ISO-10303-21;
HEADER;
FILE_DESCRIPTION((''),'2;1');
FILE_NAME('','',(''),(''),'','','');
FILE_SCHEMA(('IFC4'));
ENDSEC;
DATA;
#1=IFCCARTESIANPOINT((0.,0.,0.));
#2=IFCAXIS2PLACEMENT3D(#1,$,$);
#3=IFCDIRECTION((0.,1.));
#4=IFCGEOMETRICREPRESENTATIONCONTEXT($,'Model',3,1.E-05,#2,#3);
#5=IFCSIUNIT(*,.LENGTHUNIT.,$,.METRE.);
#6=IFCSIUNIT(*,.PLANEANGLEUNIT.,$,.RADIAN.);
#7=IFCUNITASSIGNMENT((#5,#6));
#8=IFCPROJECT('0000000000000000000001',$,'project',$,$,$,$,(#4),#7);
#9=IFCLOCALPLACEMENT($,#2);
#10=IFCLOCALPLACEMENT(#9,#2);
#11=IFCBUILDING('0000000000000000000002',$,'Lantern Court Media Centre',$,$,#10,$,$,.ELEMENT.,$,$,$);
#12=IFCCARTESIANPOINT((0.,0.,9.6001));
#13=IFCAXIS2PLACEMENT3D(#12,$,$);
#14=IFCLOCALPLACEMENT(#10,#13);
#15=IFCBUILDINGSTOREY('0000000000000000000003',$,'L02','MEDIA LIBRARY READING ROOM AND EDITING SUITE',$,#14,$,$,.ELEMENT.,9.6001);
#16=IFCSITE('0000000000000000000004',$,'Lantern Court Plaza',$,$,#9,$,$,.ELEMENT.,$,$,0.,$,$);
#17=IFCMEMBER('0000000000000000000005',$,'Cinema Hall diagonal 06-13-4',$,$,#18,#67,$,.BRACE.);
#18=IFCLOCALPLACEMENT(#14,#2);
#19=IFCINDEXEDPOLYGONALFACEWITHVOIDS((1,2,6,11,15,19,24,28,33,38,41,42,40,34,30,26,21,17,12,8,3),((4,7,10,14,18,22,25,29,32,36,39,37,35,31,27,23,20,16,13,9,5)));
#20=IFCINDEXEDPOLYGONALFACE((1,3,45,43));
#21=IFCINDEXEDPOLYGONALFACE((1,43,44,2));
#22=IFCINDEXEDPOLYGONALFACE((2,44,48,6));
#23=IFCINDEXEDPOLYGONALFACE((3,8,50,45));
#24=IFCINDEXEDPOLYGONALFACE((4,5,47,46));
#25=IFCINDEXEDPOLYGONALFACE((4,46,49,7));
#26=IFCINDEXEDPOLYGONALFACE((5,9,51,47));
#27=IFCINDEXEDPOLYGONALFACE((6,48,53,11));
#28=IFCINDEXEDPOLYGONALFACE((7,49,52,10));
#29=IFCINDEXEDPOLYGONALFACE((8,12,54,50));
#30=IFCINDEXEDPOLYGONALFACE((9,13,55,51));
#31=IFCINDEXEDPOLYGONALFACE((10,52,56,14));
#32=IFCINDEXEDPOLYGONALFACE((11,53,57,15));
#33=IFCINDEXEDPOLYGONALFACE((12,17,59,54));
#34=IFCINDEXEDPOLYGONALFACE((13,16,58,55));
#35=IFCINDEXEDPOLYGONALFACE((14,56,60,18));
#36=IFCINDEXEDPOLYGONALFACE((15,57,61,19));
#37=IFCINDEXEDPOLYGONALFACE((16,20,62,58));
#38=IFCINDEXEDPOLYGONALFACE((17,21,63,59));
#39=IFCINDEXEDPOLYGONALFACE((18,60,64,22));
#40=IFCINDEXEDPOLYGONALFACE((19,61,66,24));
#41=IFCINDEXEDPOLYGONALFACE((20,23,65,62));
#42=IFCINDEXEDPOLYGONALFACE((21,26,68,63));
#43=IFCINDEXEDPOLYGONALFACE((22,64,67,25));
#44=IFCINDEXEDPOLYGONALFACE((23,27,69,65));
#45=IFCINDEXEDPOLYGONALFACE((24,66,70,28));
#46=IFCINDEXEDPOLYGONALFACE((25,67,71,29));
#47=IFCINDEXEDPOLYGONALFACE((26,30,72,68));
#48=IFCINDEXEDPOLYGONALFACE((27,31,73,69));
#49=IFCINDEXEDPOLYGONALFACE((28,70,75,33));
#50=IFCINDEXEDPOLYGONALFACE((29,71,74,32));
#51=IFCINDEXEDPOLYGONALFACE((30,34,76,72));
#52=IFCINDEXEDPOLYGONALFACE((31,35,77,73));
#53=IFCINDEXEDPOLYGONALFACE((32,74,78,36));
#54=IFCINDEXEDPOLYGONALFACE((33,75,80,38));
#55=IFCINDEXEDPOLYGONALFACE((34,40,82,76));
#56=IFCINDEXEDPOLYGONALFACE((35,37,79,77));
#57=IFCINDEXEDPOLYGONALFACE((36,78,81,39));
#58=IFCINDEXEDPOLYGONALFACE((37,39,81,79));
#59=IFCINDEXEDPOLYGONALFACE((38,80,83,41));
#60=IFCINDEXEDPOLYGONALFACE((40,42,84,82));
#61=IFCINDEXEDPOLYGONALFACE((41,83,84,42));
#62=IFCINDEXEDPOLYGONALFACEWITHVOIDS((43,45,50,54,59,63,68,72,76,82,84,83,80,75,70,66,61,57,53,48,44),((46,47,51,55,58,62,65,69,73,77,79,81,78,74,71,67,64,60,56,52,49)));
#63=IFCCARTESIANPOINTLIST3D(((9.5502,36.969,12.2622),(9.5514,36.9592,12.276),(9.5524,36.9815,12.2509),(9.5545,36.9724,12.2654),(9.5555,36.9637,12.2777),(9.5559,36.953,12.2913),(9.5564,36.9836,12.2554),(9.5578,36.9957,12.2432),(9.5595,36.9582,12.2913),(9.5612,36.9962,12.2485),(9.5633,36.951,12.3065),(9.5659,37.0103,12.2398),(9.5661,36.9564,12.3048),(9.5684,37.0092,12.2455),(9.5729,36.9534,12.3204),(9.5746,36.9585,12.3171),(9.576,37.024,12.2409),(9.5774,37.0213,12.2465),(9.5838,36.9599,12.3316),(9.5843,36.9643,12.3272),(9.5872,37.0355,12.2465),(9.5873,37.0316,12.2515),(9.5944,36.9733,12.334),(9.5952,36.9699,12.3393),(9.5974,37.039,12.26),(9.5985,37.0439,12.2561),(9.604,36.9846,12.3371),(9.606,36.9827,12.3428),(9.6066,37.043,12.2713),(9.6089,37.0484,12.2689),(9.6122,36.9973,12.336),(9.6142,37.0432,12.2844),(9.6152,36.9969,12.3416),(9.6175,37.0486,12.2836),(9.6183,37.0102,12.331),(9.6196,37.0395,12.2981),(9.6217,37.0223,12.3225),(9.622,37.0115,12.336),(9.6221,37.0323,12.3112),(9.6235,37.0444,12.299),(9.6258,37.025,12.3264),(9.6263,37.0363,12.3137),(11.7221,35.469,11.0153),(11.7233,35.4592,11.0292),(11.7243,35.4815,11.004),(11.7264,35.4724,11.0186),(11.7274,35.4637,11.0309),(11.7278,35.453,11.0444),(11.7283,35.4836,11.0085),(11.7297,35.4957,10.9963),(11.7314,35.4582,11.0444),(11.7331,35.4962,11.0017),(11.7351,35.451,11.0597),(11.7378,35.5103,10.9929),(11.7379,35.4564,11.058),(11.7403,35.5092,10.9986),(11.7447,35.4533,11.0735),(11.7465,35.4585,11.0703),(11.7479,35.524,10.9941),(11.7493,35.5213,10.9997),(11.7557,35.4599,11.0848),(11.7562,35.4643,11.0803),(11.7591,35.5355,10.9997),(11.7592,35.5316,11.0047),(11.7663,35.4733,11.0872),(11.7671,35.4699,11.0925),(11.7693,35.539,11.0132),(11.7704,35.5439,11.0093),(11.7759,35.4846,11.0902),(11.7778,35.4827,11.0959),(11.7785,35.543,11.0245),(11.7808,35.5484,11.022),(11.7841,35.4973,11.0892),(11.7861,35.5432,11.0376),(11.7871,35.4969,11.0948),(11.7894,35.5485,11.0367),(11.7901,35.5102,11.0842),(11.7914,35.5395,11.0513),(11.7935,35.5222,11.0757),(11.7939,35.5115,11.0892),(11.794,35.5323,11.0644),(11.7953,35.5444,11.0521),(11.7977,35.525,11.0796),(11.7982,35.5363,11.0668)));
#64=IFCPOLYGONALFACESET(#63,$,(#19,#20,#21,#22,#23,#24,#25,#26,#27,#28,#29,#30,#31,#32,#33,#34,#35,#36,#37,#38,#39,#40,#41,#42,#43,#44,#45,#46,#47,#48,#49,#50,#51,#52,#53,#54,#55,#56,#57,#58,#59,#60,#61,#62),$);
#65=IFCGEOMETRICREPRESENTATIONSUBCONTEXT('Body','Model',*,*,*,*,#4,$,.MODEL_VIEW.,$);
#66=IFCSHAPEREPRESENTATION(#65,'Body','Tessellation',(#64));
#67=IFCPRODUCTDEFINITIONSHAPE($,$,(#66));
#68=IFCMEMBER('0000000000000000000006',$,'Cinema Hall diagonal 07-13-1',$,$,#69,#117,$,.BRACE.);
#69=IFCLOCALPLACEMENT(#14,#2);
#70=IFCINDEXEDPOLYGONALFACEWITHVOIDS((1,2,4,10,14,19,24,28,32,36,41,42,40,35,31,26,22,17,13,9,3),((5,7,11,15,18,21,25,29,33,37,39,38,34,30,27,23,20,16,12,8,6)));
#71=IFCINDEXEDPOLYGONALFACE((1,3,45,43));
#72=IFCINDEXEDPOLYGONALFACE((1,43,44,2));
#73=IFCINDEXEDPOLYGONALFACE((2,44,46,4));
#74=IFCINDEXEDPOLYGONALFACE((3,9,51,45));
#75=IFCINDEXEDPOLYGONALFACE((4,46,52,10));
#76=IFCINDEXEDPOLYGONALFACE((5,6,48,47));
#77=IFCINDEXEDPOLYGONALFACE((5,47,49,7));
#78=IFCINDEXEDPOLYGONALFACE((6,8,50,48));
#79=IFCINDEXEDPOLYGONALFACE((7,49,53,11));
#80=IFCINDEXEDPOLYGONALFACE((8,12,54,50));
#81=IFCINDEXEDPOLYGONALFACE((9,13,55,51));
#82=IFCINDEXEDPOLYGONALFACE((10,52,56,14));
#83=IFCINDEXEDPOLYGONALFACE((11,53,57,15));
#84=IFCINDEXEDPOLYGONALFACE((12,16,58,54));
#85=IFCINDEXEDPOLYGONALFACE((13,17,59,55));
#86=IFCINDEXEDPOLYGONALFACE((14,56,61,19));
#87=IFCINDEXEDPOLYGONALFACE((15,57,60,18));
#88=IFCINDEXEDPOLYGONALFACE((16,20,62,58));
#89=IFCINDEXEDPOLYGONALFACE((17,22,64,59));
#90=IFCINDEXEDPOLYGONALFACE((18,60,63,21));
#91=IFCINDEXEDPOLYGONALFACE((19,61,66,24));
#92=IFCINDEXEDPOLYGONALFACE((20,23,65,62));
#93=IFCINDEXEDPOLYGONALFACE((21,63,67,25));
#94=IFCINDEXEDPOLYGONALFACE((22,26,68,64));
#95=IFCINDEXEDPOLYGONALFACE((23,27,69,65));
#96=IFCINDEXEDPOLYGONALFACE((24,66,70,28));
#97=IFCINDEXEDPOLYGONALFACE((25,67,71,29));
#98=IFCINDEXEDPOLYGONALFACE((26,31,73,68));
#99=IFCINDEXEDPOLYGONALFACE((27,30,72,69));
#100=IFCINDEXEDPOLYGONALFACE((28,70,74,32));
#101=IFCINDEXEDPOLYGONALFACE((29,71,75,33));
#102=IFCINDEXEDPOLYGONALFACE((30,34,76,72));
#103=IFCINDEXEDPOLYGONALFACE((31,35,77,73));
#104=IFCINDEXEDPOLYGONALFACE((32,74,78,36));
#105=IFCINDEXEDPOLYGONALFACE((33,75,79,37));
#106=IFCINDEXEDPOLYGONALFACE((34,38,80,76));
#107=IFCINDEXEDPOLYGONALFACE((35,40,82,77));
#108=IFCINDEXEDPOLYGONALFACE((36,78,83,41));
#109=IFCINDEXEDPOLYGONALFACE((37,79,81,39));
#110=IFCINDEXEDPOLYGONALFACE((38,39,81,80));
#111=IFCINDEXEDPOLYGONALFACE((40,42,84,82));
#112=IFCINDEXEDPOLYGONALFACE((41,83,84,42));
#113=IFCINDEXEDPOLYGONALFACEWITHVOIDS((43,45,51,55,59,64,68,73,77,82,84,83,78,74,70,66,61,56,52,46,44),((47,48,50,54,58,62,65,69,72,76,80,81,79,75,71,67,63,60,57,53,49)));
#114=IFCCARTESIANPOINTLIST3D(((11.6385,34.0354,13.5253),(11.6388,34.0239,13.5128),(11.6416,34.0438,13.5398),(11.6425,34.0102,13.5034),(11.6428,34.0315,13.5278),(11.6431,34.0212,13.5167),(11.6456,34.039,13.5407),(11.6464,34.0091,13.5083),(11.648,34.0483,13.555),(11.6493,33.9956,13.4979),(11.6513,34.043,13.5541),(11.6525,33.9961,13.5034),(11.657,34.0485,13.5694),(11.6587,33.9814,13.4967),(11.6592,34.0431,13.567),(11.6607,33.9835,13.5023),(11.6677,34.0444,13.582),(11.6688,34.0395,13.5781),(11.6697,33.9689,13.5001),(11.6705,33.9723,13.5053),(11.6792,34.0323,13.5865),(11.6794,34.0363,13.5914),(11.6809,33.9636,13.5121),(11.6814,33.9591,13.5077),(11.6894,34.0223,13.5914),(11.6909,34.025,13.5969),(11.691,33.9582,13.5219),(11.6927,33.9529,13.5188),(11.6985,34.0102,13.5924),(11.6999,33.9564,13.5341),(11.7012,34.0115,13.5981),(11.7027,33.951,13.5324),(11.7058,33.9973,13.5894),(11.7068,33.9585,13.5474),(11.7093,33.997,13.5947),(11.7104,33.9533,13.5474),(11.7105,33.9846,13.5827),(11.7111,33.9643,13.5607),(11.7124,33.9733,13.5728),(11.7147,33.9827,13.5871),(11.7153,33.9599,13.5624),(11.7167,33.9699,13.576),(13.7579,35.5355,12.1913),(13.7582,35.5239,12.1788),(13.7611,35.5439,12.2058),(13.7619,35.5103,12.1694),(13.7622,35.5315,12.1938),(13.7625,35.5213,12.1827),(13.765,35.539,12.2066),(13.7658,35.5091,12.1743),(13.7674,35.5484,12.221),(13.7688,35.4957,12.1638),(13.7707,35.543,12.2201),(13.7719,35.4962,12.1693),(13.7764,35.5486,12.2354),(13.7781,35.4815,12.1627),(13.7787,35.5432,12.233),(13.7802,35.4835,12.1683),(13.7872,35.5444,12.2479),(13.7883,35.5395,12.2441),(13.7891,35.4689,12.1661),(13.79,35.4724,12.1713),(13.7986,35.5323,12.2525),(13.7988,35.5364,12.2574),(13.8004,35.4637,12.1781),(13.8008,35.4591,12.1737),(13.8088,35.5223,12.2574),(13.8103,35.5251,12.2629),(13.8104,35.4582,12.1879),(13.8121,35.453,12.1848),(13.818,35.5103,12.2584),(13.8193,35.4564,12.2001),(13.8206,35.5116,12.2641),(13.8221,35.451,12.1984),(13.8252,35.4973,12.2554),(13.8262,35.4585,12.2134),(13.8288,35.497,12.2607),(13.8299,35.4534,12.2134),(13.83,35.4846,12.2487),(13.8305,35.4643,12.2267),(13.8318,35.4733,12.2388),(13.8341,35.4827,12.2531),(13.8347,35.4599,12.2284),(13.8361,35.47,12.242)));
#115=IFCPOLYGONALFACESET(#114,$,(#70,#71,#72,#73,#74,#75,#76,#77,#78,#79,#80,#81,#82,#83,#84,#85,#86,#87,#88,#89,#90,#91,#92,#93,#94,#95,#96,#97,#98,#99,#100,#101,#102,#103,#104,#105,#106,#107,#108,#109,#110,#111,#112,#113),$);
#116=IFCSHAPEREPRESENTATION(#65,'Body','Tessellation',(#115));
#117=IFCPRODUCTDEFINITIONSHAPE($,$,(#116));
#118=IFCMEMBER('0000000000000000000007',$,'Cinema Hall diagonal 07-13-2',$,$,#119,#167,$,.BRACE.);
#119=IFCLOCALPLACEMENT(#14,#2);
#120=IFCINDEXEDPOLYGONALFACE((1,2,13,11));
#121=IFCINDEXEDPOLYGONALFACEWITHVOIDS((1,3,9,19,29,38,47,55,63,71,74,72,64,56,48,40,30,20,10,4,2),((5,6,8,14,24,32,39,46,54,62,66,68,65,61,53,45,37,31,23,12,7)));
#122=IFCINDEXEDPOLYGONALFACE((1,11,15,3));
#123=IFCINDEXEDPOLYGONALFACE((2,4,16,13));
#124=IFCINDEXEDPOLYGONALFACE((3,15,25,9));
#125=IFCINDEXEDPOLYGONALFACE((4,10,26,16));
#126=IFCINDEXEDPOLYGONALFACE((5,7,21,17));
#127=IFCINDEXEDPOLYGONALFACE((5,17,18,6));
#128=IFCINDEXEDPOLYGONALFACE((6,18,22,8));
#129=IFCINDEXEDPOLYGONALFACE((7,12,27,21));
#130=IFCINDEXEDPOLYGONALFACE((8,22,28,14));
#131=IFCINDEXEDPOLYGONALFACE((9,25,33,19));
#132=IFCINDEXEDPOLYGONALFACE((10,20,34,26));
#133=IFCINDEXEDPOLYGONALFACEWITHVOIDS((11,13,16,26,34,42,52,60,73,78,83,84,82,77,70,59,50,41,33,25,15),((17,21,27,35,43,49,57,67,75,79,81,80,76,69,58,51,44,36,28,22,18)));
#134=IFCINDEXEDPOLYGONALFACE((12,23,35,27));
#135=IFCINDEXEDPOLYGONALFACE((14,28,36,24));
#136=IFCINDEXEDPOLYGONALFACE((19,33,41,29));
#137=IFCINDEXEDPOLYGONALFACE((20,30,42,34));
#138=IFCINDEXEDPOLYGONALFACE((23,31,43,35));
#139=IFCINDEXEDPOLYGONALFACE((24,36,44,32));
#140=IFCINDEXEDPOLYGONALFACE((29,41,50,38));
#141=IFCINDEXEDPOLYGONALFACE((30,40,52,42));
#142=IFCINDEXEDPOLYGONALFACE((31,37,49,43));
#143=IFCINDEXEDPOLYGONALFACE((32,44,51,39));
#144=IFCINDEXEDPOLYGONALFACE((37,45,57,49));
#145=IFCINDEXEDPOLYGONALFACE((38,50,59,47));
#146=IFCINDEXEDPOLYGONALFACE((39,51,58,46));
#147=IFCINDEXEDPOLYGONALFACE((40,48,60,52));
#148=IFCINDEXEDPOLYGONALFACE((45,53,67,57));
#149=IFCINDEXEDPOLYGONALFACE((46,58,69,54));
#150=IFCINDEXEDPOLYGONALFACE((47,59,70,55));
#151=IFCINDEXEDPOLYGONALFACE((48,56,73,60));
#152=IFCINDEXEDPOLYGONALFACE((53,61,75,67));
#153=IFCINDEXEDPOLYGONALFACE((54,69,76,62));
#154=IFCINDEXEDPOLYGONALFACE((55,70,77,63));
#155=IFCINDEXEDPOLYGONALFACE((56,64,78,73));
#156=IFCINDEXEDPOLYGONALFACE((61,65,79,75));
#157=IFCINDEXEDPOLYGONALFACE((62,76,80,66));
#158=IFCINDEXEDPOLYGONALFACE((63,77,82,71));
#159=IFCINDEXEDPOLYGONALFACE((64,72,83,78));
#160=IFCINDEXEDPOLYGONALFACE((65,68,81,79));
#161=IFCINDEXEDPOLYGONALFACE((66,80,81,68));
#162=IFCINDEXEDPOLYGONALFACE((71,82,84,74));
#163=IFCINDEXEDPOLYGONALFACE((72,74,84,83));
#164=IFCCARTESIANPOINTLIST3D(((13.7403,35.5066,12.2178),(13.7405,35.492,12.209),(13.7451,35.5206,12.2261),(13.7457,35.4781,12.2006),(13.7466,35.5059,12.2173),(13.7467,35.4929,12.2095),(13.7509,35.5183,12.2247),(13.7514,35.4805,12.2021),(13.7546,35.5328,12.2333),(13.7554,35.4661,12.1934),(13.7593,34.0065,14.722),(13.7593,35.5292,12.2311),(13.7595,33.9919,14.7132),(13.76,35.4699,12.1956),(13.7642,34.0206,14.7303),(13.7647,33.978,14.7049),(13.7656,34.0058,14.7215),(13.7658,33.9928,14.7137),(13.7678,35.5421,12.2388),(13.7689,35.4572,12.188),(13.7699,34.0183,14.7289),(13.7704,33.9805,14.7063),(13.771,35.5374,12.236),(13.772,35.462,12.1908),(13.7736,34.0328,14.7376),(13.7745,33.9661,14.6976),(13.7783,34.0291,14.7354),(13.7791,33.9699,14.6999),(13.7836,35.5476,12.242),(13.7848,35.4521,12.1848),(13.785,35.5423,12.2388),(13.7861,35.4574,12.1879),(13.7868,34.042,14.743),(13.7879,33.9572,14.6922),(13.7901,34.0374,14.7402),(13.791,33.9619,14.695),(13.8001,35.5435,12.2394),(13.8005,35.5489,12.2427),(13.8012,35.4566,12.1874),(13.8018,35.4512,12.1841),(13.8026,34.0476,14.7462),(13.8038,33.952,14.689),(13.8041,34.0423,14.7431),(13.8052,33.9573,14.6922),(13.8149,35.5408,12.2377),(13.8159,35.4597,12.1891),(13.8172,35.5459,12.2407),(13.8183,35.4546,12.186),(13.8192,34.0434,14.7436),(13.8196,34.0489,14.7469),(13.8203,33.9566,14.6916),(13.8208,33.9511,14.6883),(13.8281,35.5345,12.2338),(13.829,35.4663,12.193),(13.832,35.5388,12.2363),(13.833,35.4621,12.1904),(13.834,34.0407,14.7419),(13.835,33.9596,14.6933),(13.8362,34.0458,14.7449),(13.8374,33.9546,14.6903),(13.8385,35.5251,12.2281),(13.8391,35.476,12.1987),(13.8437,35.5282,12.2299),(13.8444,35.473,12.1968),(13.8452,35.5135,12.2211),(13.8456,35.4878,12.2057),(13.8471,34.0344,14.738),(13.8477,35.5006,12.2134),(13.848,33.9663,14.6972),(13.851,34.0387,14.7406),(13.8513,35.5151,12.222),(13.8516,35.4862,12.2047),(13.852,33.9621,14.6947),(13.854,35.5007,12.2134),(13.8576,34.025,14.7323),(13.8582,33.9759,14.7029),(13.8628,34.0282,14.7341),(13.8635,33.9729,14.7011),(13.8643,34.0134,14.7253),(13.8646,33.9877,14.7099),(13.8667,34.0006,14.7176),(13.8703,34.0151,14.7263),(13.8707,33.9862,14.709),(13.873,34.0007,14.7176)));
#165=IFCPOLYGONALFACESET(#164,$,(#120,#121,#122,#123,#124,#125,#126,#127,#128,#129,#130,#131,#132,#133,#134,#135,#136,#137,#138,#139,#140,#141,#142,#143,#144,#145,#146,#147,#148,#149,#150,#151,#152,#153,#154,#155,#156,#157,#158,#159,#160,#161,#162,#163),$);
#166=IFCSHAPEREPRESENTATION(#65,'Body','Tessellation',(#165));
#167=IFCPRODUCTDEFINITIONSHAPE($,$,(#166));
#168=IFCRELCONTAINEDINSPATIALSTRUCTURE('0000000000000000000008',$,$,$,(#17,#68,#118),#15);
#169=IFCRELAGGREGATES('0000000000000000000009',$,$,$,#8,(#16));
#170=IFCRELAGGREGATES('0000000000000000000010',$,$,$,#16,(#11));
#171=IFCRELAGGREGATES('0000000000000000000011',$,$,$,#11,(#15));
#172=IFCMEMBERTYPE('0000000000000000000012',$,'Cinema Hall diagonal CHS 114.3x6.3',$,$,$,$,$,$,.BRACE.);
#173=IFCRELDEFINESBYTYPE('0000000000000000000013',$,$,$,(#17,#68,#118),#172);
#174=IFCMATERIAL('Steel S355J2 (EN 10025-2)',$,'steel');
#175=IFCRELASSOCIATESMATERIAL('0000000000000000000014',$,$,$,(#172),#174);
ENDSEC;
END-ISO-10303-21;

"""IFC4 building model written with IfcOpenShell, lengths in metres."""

from ifc_helpers import new_model, si_unit, direction, frame, origin, origin_2d, place, context, subcontext, project, spatial, hollow_circle, extrude, material, material_profile, profile_set, type_object, element, save


model = new_model("IFC4")

# Units and contexts
model_context = context("Model", 3, precision=1e-05, world=origin(), true_north=direction((0.0, 1.0)))
body_context = subcontext(model_context, "Body", "Model", "MODEL_VIEW")
ifc_project = project(units=[si_unit("LENGTHUNIT", "METRE"), si_unit("PLANEANGLEUNIT", "RADIAN")], contexts=[model_context])

# Site, building, storey
site_placement = place(None, origin())
site = spatial("IfcSite", under=ifc_project, at=site_placement, Name="Lantern Court Plaza", CompositionType="ELEMENT", RefElevation=0.0)
building_placement = place(site_placement, origin())
building = spatial("IfcBuilding", under=site, at=building_placement, Name="Lantern Court Media Centre", CompositionType="ELEMENT")
storey_placement = place(building_placement, frame((0.0, 0.0, 9.6001)))
storey = spatial("IfcBuildingStorey", under=building, at=storey_placement, Name="L02", Description="MEDIA LIBRARY READING ROOM AND EDITING SUITE", CompositionType="ELEMENT", Elevation=9.6001)

# Members
ifc_material = material(Name="Steel S355J2 (EN 10025-2)", Category="steel")
ifc_material_profile_1 = material_profile(ifc_material, hollow_circle(Radius=0.0571, WallThickness=0.0063, at=origin_2d()), Name="Cinema Hall diagonal CHS 114.3x6.3")
ifc_profile_set_1 = profile_set([ifc_material_profile_1], Name="Steel S355J2 (EN 10025-2)")
member_type_1 = type_object("IfcMemberType", Name="Cinema Hall diagonal CHS 114.3x6.3", PredefinedType="BRACE", material=ifc_profile_set_1)
for number, where, z_axis, x_axis, name in (
    (1, (11.7603, 35.5, 11.0444), (-0.744002, 0.513843, 0.427115), (-0.568286, -0.822831, 0.0), "Cinema Hall diagonal 06-13-4"),
    (2, (13.7969, 35.5, 12.2134), (-0.726034, -0.513852, 0.45698), (0.577702, -0.816248, 0.0), "Cinema Hall diagonal 07-13-1"),
    (3, (13.7969, 35.5, 12.2134), (0.006524, -0.513857, 0.857851), (0.999919, 0.012694, 0.0), "Cinema Hall diagonal 07-13-2"),
):
    element("IfcMember", number, at=place(storey_placement, frame(where, z_axis=z_axis, x_axis=x_axis)), inside=storey, type_object=member_type_1, Name=name, PredefinedType="BRACE", context=body_context, shape_type="SweptSolid", body=[
        extrude(hollow_circle(Radius=0.0571, WallThickness=0.0063, at=origin_2d()), origin(), (0.0, 0.0, 1.0), 2.9192),
    ])

save(model, "model.ifc")
